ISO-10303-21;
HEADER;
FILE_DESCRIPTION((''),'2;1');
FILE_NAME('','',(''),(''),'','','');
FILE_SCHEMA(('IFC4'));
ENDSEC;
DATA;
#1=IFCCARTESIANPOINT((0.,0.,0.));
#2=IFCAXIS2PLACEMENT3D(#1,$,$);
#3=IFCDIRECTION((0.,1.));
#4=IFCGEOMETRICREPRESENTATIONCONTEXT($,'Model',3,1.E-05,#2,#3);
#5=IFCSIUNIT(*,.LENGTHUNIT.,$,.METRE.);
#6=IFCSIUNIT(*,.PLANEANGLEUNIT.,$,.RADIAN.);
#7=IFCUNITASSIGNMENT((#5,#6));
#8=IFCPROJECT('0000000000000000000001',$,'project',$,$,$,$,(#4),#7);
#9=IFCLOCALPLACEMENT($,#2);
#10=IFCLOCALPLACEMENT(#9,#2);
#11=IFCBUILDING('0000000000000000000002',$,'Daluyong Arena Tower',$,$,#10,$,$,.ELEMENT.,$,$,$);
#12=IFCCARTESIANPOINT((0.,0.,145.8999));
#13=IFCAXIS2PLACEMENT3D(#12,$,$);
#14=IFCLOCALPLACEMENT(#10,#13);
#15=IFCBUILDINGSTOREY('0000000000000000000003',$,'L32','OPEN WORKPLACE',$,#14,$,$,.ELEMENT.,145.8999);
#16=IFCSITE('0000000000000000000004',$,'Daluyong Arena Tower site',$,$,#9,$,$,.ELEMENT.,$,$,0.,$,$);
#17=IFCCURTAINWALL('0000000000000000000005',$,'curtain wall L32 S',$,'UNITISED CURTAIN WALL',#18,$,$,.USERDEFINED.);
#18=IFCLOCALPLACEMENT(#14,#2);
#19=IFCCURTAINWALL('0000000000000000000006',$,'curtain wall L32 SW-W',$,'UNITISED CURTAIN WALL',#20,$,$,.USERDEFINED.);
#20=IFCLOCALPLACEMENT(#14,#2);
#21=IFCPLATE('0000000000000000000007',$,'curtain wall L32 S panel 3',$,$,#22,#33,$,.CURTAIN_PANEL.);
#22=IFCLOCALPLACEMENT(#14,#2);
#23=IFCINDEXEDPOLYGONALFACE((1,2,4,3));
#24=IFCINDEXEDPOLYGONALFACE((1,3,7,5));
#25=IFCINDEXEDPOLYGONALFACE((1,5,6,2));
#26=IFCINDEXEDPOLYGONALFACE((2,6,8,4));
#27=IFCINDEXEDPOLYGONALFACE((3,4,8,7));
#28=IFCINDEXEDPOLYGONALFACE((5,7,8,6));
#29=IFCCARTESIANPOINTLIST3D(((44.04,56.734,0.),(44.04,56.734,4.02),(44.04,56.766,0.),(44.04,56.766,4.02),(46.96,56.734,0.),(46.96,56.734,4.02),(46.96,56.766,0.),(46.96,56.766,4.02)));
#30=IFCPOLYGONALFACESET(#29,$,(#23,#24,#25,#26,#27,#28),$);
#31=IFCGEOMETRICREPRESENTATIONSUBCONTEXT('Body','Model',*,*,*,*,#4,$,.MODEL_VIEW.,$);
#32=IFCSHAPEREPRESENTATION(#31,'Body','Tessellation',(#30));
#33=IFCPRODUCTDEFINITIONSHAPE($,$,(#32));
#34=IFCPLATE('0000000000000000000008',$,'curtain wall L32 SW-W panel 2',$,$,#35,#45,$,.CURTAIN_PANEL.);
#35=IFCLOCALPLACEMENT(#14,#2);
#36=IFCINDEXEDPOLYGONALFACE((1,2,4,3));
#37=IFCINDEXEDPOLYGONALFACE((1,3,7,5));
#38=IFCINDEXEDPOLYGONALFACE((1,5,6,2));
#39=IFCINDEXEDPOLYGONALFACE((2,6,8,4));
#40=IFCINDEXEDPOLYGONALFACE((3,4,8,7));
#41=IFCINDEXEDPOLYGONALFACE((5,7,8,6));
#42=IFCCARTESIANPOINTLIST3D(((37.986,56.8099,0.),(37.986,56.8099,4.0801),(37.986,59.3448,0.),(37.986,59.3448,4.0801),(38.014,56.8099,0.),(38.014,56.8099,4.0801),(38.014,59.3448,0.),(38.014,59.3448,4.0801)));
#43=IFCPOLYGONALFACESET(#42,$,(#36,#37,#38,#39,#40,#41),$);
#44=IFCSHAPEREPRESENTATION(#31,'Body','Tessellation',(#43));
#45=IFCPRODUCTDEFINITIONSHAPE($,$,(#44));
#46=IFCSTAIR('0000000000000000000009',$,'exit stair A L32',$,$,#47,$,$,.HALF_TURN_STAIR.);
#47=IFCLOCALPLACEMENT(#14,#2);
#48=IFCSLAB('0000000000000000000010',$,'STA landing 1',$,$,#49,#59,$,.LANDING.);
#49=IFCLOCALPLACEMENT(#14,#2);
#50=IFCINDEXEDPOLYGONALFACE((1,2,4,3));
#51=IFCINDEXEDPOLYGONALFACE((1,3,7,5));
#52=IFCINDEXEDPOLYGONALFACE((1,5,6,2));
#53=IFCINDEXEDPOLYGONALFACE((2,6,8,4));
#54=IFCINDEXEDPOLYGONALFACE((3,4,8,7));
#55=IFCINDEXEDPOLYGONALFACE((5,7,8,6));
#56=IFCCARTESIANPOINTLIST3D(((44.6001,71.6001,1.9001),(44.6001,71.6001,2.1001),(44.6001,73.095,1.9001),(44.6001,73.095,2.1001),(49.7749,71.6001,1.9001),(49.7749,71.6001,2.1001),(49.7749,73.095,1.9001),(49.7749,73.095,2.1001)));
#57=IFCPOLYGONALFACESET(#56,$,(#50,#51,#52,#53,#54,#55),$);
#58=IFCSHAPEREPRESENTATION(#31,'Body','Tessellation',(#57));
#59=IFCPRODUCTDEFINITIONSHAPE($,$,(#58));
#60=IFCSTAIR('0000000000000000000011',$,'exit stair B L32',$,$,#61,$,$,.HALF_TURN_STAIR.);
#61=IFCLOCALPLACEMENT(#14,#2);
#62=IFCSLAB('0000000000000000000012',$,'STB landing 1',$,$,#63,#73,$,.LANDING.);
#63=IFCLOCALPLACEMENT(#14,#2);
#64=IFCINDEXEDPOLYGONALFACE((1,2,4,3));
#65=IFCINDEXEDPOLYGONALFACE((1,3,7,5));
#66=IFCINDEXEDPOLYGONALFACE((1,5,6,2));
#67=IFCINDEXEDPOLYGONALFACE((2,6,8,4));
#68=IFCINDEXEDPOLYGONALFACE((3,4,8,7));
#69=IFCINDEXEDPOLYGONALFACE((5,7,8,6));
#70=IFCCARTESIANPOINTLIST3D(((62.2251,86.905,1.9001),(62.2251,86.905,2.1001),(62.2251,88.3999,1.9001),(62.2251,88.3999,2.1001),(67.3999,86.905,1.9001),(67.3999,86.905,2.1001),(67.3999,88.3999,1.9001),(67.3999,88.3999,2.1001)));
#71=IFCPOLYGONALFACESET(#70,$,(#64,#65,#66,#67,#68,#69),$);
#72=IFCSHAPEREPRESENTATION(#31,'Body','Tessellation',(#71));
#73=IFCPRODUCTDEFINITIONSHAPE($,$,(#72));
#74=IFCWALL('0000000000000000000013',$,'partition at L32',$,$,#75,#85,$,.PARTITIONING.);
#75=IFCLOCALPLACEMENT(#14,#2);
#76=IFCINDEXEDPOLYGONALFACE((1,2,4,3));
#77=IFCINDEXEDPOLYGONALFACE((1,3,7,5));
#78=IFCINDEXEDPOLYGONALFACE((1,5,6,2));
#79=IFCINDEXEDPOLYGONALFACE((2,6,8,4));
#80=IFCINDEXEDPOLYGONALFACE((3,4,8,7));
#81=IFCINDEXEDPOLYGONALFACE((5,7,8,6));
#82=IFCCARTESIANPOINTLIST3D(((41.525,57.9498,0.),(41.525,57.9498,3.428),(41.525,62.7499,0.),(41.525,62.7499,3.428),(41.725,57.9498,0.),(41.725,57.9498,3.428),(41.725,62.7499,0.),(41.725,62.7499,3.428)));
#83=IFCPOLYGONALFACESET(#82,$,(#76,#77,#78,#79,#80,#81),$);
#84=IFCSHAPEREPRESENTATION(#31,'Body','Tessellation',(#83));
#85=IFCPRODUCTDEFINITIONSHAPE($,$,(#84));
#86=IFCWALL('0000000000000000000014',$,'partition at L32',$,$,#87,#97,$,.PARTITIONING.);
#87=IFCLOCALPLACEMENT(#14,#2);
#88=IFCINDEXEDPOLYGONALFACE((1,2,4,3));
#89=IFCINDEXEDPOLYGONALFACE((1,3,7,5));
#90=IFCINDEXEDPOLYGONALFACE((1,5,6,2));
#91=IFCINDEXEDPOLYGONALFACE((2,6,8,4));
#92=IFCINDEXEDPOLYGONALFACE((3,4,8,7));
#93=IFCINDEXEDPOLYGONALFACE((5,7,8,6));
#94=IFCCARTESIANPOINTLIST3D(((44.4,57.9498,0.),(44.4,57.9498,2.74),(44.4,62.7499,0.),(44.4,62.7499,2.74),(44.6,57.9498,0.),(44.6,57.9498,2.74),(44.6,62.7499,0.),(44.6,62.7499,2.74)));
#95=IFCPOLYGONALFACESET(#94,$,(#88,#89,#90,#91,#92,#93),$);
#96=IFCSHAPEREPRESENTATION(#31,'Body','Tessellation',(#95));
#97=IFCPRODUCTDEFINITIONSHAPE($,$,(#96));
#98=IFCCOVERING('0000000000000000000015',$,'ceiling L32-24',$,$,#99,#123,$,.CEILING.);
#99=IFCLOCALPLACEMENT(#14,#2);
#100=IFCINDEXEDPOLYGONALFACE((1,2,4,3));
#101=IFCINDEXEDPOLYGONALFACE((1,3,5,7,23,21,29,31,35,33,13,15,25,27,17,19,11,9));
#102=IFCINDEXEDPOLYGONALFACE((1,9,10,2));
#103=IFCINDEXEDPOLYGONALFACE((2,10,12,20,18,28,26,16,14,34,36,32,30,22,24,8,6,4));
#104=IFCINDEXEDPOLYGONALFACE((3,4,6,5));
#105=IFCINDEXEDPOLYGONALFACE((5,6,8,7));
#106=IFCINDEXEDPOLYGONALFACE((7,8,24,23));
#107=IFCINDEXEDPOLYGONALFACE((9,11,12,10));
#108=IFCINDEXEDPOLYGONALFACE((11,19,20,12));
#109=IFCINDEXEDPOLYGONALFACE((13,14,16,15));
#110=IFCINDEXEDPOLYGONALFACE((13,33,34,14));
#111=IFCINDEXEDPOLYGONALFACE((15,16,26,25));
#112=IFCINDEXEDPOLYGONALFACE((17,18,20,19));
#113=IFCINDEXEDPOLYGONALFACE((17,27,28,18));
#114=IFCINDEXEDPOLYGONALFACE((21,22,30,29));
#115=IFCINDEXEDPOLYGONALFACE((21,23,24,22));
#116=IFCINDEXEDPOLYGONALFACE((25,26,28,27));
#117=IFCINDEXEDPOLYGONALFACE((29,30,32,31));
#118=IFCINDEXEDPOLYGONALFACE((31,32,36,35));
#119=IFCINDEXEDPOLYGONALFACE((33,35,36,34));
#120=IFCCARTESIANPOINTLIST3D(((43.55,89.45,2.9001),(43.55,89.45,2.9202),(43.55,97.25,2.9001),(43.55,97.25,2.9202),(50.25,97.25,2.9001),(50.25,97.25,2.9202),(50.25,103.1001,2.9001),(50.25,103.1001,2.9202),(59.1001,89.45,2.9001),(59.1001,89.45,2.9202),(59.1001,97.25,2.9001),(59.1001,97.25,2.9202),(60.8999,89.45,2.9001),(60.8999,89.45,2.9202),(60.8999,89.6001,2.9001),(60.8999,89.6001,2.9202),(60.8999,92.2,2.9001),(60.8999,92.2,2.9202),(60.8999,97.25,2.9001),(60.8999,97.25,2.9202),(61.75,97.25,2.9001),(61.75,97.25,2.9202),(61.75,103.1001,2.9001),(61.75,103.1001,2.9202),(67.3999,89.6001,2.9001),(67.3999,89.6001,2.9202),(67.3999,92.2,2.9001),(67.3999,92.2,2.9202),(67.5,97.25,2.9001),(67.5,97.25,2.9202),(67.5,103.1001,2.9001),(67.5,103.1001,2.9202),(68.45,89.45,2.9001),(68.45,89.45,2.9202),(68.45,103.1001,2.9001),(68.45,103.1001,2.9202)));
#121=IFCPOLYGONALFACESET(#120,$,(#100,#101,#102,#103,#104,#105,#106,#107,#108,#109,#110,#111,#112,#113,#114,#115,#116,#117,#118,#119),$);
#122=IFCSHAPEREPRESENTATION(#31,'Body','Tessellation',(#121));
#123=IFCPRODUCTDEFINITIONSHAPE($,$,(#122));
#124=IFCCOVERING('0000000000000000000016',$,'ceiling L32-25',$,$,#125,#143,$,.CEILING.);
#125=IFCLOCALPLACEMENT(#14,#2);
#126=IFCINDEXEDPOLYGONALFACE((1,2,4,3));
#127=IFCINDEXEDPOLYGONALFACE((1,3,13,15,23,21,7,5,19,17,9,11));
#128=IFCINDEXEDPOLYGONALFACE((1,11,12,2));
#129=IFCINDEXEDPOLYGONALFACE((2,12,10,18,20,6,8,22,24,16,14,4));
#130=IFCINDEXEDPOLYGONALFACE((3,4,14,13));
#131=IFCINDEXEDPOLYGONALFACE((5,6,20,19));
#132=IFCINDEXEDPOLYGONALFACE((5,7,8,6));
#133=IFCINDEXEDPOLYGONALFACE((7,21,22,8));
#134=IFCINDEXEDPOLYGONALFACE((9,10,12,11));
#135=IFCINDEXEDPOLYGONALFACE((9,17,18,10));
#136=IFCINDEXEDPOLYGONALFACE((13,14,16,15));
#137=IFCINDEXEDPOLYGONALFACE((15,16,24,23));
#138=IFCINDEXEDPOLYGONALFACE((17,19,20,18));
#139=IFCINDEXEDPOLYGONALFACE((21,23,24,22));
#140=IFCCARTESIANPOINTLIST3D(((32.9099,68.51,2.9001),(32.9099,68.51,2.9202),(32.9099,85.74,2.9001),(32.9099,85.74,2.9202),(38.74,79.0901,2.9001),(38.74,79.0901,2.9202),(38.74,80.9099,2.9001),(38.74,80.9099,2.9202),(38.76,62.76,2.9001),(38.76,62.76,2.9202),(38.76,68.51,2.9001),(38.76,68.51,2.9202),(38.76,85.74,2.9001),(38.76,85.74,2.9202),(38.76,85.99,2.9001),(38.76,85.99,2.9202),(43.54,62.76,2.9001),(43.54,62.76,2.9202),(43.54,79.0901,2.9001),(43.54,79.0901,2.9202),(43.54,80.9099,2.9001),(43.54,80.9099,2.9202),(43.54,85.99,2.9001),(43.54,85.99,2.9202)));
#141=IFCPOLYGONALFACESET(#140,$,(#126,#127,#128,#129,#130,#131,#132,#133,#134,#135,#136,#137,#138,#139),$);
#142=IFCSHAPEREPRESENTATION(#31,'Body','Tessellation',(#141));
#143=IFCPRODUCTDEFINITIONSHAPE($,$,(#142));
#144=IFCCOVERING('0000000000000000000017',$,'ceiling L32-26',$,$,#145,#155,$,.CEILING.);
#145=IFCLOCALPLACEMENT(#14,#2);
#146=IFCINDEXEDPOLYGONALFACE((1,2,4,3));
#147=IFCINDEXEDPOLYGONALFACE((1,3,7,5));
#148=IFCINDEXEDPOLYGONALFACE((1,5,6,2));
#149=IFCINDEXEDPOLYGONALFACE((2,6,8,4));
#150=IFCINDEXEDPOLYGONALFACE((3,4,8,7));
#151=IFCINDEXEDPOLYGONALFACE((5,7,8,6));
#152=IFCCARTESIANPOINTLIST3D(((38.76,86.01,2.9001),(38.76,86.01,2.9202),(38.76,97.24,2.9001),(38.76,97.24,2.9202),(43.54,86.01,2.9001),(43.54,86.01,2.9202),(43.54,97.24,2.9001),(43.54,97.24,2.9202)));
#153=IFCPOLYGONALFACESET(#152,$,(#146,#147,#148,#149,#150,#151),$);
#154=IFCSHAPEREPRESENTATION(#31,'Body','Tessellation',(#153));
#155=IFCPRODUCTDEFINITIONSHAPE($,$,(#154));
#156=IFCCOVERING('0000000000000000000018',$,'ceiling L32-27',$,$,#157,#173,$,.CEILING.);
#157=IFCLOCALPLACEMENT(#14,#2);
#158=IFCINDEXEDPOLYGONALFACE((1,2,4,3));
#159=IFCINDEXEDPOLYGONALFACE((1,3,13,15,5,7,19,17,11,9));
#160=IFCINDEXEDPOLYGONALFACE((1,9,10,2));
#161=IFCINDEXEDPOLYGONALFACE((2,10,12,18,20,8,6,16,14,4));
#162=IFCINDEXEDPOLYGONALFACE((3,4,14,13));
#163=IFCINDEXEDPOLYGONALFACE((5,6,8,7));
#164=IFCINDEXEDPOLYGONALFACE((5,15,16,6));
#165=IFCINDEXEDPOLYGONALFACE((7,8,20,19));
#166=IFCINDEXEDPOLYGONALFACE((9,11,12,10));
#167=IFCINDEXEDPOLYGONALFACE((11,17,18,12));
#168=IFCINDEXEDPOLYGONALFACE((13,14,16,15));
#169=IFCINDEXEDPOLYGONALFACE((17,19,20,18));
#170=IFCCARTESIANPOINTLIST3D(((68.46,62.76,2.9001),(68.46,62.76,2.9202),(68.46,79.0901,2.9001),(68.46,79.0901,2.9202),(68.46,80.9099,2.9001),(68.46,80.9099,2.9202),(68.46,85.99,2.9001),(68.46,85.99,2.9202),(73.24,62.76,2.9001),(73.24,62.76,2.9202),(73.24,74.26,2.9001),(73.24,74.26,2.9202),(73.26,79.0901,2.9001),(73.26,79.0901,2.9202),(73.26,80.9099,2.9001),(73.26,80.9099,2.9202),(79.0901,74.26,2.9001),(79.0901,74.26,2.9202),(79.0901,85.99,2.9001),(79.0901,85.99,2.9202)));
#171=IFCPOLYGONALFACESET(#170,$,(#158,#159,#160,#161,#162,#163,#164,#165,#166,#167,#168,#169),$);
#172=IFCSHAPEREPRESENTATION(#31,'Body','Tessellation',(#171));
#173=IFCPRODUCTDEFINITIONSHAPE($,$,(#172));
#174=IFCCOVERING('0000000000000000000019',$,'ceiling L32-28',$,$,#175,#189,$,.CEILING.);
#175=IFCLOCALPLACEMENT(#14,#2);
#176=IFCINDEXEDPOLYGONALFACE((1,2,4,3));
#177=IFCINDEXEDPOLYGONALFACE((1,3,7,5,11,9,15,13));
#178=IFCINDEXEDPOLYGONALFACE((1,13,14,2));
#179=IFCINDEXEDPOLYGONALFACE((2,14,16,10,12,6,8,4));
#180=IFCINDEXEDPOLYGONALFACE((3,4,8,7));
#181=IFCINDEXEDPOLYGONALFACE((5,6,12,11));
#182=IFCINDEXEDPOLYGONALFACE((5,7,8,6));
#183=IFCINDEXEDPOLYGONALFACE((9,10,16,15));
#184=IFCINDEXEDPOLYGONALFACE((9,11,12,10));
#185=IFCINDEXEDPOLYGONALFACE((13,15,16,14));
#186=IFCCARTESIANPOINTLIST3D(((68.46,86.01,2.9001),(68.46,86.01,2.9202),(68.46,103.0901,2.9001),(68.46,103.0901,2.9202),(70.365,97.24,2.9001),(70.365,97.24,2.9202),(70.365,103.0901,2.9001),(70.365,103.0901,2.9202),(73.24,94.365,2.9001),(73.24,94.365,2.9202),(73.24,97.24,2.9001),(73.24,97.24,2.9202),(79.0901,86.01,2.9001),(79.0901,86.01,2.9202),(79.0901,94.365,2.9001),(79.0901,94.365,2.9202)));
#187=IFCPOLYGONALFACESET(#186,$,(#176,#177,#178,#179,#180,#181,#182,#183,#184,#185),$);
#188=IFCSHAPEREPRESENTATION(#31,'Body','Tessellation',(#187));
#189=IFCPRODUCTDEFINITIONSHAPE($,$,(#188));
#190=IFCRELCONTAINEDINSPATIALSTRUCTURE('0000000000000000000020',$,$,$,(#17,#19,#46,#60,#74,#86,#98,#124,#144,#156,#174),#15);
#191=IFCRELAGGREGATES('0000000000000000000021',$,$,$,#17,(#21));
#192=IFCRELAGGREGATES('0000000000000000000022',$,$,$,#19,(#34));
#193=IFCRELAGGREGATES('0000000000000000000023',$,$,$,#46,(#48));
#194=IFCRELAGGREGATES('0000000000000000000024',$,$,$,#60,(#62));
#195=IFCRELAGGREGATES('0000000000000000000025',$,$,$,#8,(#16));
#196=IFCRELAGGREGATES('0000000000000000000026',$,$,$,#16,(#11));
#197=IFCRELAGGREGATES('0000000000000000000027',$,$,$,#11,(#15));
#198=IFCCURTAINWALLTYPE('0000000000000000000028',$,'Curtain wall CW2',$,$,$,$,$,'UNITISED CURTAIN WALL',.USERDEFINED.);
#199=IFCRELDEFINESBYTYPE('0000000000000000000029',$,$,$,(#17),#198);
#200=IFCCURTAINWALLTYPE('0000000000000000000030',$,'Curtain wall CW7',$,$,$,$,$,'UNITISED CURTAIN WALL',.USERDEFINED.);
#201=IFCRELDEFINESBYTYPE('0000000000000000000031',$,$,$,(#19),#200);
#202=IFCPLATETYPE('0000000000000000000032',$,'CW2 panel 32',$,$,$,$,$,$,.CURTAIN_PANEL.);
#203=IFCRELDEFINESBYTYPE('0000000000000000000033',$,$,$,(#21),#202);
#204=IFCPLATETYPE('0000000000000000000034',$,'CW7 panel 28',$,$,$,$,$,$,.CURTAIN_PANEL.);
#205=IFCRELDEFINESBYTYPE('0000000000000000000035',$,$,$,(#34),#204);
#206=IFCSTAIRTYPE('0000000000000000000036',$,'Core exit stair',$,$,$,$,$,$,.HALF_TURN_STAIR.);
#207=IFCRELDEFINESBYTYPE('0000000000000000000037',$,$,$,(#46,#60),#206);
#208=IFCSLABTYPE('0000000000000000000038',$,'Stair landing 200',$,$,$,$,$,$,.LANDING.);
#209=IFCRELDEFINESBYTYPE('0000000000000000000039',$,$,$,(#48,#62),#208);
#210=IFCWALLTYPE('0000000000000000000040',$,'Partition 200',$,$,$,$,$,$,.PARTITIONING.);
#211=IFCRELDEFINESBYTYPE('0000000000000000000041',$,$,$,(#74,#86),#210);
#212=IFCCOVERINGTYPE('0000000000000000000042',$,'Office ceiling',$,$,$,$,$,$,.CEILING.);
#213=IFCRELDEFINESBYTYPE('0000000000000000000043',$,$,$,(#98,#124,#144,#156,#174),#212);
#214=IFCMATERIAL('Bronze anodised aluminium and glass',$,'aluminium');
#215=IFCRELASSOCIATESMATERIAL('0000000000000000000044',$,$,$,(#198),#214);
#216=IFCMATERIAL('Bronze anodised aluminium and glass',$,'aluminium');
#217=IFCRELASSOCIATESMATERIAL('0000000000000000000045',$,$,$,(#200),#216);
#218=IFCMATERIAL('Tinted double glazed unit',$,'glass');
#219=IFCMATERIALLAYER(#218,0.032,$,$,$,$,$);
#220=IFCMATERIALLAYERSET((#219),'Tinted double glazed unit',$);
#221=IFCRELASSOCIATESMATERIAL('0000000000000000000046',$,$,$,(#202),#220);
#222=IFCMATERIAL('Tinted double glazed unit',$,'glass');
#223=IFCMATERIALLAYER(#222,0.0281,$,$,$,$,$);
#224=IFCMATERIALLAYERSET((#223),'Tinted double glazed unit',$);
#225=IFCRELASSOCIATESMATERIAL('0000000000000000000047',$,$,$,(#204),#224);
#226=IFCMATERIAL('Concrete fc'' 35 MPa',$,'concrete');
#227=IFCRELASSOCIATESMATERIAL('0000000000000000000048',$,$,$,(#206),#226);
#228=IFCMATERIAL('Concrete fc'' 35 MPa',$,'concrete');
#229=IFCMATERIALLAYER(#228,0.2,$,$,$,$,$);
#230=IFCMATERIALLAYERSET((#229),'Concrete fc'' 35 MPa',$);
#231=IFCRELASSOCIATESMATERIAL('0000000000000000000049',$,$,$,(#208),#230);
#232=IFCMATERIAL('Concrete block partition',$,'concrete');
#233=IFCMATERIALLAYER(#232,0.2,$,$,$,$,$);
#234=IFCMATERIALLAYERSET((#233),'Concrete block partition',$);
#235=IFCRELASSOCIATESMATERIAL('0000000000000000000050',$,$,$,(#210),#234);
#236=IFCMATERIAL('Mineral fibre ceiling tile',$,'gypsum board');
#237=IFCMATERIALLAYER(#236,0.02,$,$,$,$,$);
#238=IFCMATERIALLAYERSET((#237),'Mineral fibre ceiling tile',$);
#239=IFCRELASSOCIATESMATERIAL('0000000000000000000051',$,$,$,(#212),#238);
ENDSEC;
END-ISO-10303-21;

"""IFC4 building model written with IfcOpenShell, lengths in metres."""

from ifc_helpers import new_model, si_unit, direction, frame, frame_2d, origin, origin_2d, place, context, subcontext, project, spatial, polyline, rectangle, outline, extrude, material, layer, layer_set, type_object, element, aggregate, save


model = new_model("IFC4")

# Units and contexts
model_context = context("Model", 3, precision=1e-05, world=origin(), true_north=direction((0.0, 1.0)))
body_context = subcontext(model_context, "Body", "Model", "MODEL_VIEW")
ifc_project = project(units=[si_unit("LENGTHUNIT", "METRE"), si_unit("PLANEANGLEUNIT", "RADIAN")], contexts=[model_context])

# Site, building, storey
site_placement = place(None, origin())
site = spatial("IfcSite", under=ifc_project, at=site_placement, Name="Daluyong Arena Tower site", CompositionType="ELEMENT", RefElevation=0.0)
building_placement = place(site_placement, origin())
building = spatial("IfcBuilding", under=site, at=building_placement, Name="Daluyong Arena Tower", CompositionType="ELEMENT")
storey_placement = place(building_placement, frame((0.0, 0.0, 145.8999)))
storey = spatial("IfcBuildingStorey", under=building, at=storey_placement, Name="L32", Description="OPEN WORKPLACE", CompositionType="ELEMENT", Elevation=145.8999)

# Curtain walls
ifc_material_1 = material(Name="Bronze anodised aluminium and glass", Category="aluminium")
curtain_wall_type_1 = type_object("IfcCurtainWallType", Name="Curtain wall CW2", ElementType="UNITISED CURTAIN WALL", PredefinedType="USERDEFINED", material=ifc_material_1)
curtain_wall_1_placement = place(storey_placement, origin())
curtain_wall_1 = element("IfcCurtainWall", 1, at=curtain_wall_1_placement, inside=storey, type_object=curtain_wall_type_1, Name="curtain wall L32 S", ObjectType="UNITISED CURTAIN WALL", PredefinedType="USERDEFINED")
ifc_material_2 = material(Name="Bronze anodised aluminium and glass", Category="aluminium")
curtain_wall_type_2 = type_object("IfcCurtainWallType", Name="Curtain wall CW7", ElementType="UNITISED CURTAIN WALL", PredefinedType="USERDEFINED", material=ifc_material_2)
curtain_wall_2_placement = place(storey_placement, origin())
curtain_wall_2 = element("IfcCurtainWall", 2, at=curtain_wall_2_placement, inside=storey, type_object=curtain_wall_type_2, Name="curtain wall L32 SW-W", ObjectType="UNITISED CURTAIN WALL", PredefinedType="USERDEFINED")

# Plates
ifc_material_3 = material(Name="Tinted double glazed unit", Category="glass")
ifc_layer_1 = layer(ifc_material_3, 0.032)
ifc_layer_set_1 = layer_set([ifc_layer_1], Name="Tinted double glazed unit")
plate_type_1 = type_object("IfcPlateType", Name="CW2 panel 32", PredefinedType="CURTAIN_PANEL", material=ifc_layer_set_1)
plate_1_placement = place(storey_placement, frame((45.5, 56.75, 0.0), z_axis=(0.0, 0.0, 1.0), x_axis=(1.0, 0.0, 0.0)))
plate_1 = element("IfcPlate", 3, at=plate_1_placement, type_object=plate_type_1, Name="curtain wall L32 S panel 3", PredefinedType="CURTAIN_PANEL", context=body_context, shape_type="SweptSolid", body=[
    extrude(rectangle(XDim=2.9199, YDim=0.032, at=origin_2d()), origin(), (0.0, 0.0, 1.0), 4.02),
])
aggregate(curtain_wall_1, [plate_1])
ifc_material_4 = material(Name="Tinted double glazed unit", Category="glass")
ifc_layer_2 = layer(ifc_material_4, 0.0281)
ifc_layer_set_2 = layer_set([ifc_layer_2], Name="Tinted double glazed unit")
plate_type_2 = type_object("IfcPlateType", Name="CW7 panel 28", PredefinedType="CURTAIN_PANEL", material=ifc_layer_set_2)
plate_2_placement = place(storey_placement, frame((38.0, 58.0774, 0.0), z_axis=(0.0, 0.0, 1.0), x_axis=(0.0, -1.0, 0.0)))
plate_2 = element("IfcPlate", 4, at=plate_2_placement, type_object=plate_type_2, Name="curtain wall L32 SW-W panel 2", PredefinedType="CURTAIN_PANEL", context=body_context, shape_type="SweptSolid", body=[
    extrude(rectangle(XDim=2.5349, YDim=0.0281, at=origin_2d()), origin(), (0.0, 0.0, 1.0), 4.0801),
])
aggregate(curtain_wall_2, [plate_2])

# Stairs, slabs
ifc_material_5 = material(Name="Concrete fc' 35 MPa", Category="concrete")
stair_type = type_object("IfcStairType", Name="Core exit stair", PredefinedType="HALF_TURN_STAIR", material=ifc_material_5)
stair_1_placement = place(storey_placement, origin())
stair_1 = element("IfcStair", 5, at=stair_1_placement, inside=storey, type_object=stair_type, Name="exit stair A L32", PredefinedType="HALF_TURN_STAIR")
ifc_material_6 = material(Name="Concrete fc' 35 MPa", Category="concrete")
ifc_layer_3 = layer(ifc_material_6, 0.2)
ifc_layer_set_3 = layer_set([ifc_layer_3], Name="Concrete fc' 35 MPa")
slab_type = type_object("IfcSlabType", Name="Stair landing 200", PredefinedType="LANDING", material=ifc_layer_set_3)
slab_1_placement = place(storey_placement, frame((0.0, 0.0, 1.9001)))
slab_1 = element("IfcSlab", 6, at=slab_1_placement, type_object=slab_type, Name="STA landing 1", PredefinedType="LANDING", context=body_context, shape_type="SweptSolid", body=[
    extrude(outline(polyline([(44.6001, 71.6001), (49.7749, 71.6001), (49.7749, 73.095), (44.6001, 73.095), (44.6001, 71.6001)])), origin(), (0.0, 0.0, 1.0), 0.2),
])
aggregate(stair_1, [slab_1])
stair_2_placement = place(storey_placement, origin())
stair_2 = element("IfcStair", 7, at=stair_2_placement, inside=storey, type_object=stair_type, Name="exit stair B L32", PredefinedType="HALF_TURN_STAIR")
slab_2_placement = place(storey_placement, frame((0.0, 0.0, 1.9001)))
slab_2 = element("IfcSlab", 8, at=slab_2_placement, type_object=slab_type, Name="STB landing 1", PredefinedType="LANDING", context=body_context, shape_type="SweptSolid", body=[
    extrude(outline(polyline([(62.2251, 86.905), (67.3999, 86.905), (67.3999, 88.3999), (62.2251, 88.3999), (62.2251, 86.905)])), origin(), (0.0, 0.0, 1.0), 0.2),
])
aggregate(stair_2, [slab_2])

# Walls
ifc_material_7 = material(Name="Concrete block partition", Category="concrete")
ifc_layer_4 = layer(ifc_material_7, 0.2)
ifc_layer_set_4 = layer_set([ifc_layer_4], Name="Concrete block partition")
wall_type = type_object("IfcWallType", Name="Partition 200", PredefinedType="PARTITIONING", material=ifc_layer_set_4)
wall_1_placement = place(storey_placement, frame((41.625, 57.95, 0.0), z_axis=(0.0, 0.0, 1.0), x_axis=(0.0, 1.0, 0.0)))
element("IfcWall", 9, at=wall_1_placement, inside=storey, type_object=wall_type, Name="partition at L32", PredefinedType="PARTITIONING", context=body_context, shape_type="SweptSolid", body=[
    extrude(rectangle(XDim=4.8, YDim=0.2, at=frame_2d((2.3999, 0.0))), origin(), (0.0, 0.0, 1.0), 3.428),
])
wall_2_placement = place(storey_placement, frame((44.5, 57.95, 0.0), z_axis=(0.0, 0.0, 1.0), x_axis=(0.0, 1.0, 0.0)))
element("IfcWall", 10, at=wall_2_placement, inside=storey, type_object=wall_type, Name="partition at L32", PredefinedType="PARTITIONING", context=body_context, shape_type="SweptSolid", body=[
    extrude(rectangle(XDim=4.8, YDim=0.2, at=frame_2d((2.3999, 0.0))), origin(), (0.0, 0.0, 1.0), 2.74),
])

# Coverings
ifc_material_8 = material(Name="Mineral fibre ceiling tile", Category="gypsum board")
ifc_layer_5 = layer(ifc_material_8, 0.02)
ifc_layer_set_5 = layer_set([ifc_layer_5], Name="Mineral fibre ceiling tile")
covering_type = type_object("IfcCoveringType", Name="Office ceiling", PredefinedType="CEILING", material=ifc_layer_set_5)
covering_1_placement = place(storey_placement, frame((0.0, 0.0, 2.9001)))
element("IfcCovering", 11, at=covering_1_placement, inside=storey, type_object=covering_type, Name="ceiling L32-24", PredefinedType="CEILING", context=body_context, shape_type="SweptSolid", body=[
    extrude(outline(polyline([(43.55, 97.25), (43.55, 89.45), (59.1001, 89.45), (59.1001, 97.25), (60.8999, 97.25), (60.8999, 92.2), (67.3999, 92.2), (67.3999, 89.6001), (60.8999, 89.6001), (60.8999, 89.45), (68.45, 89.45), (68.45, 103.1001), (67.5, 103.1001), (67.5, 97.25), (61.75, 97.25), (61.75, 103.1001), (50.25, 103.1001), (50.25, 97.25), (43.55, 97.25)])), origin(), (0.0, 0.0, 1.0), 0.02),
])
covering_2_placement = place(storey_placement, frame((0.0, 0.0, 2.9001)))
element("IfcCovering", 12, at=covering_2_placement, inside=storey, type_object=covering_type, Name="ceiling L32-25", PredefinedType="CEILING", context=body_context, shape_type="SweptSolid", body=[
    extrude(outline(polyline([(38.76, 62.76), (43.54, 62.76), (43.54, 79.0901), (38.74, 79.0901), (38.74, 80.9099), (43.54, 80.9099), (43.54, 85.99), (38.76, 85.99), (38.76, 85.74), (32.9099, 85.74), (32.9099, 68.51), (38.76, 68.51), (38.76, 62.76)])), origin(), (0.0, 0.0, 1.0), 0.02),
])
covering_3_placement = place(storey_placement, frame((0.0, 0.0, 2.9001)))
element("IfcCovering", 13, at=covering_3_placement, inside=storey, type_object=covering_type, Name="ceiling L32-26", PredefinedType="CEILING", context=body_context, shape_type="SweptSolid", body=[
    extrude(outline(polyline([(38.76, 97.24), (38.76, 86.01), (43.54, 86.01), (43.54, 97.24), (38.76, 97.24)])), origin(), (0.0, 0.0, 1.0), 0.02),
])
covering_4_placement = place(storey_placement, frame((0.0, 0.0, 2.9001)))
element("IfcCovering", 14, at=covering_4_placement, inside=storey, type_object=covering_type, Name="ceiling L32-27", PredefinedType="CEILING", context=body_context, shape_type="SweptSolid", body=[
    extrude(outline(polyline([(73.24, 62.76), (73.24, 74.26), (79.0901, 74.26), (79.0901, 85.99), (68.46, 85.99), (68.46, 80.9099), (73.26, 80.9099), (73.26, 79.0901), (68.46, 79.0901), (68.46, 62.76), (73.24, 62.76)])), origin(), (0.0, 0.0, 1.0), 0.02),
])
covering_5_placement = place(storey_placement, frame((0.0, 0.0, 2.9001)))
element("IfcCovering", 15, at=covering_5_placement, inside=storey, type_object=covering_type, Name="ceiling L32-28", PredefinedType="CEILING", context=body_context, shape_type="SweptSolid", body=[
    extrude(outline(polyline([(70.365, 97.24), (70.365, 103.0901), (68.46, 103.0901), (68.46, 86.01), (79.0901, 86.01), (79.0901, 94.365), (73.24, 94.365), (73.24, 97.24), (70.365, 97.24)])), origin(), (0.0, 0.0, 1.0), 0.02),
])

save(model, "model.ifc")
